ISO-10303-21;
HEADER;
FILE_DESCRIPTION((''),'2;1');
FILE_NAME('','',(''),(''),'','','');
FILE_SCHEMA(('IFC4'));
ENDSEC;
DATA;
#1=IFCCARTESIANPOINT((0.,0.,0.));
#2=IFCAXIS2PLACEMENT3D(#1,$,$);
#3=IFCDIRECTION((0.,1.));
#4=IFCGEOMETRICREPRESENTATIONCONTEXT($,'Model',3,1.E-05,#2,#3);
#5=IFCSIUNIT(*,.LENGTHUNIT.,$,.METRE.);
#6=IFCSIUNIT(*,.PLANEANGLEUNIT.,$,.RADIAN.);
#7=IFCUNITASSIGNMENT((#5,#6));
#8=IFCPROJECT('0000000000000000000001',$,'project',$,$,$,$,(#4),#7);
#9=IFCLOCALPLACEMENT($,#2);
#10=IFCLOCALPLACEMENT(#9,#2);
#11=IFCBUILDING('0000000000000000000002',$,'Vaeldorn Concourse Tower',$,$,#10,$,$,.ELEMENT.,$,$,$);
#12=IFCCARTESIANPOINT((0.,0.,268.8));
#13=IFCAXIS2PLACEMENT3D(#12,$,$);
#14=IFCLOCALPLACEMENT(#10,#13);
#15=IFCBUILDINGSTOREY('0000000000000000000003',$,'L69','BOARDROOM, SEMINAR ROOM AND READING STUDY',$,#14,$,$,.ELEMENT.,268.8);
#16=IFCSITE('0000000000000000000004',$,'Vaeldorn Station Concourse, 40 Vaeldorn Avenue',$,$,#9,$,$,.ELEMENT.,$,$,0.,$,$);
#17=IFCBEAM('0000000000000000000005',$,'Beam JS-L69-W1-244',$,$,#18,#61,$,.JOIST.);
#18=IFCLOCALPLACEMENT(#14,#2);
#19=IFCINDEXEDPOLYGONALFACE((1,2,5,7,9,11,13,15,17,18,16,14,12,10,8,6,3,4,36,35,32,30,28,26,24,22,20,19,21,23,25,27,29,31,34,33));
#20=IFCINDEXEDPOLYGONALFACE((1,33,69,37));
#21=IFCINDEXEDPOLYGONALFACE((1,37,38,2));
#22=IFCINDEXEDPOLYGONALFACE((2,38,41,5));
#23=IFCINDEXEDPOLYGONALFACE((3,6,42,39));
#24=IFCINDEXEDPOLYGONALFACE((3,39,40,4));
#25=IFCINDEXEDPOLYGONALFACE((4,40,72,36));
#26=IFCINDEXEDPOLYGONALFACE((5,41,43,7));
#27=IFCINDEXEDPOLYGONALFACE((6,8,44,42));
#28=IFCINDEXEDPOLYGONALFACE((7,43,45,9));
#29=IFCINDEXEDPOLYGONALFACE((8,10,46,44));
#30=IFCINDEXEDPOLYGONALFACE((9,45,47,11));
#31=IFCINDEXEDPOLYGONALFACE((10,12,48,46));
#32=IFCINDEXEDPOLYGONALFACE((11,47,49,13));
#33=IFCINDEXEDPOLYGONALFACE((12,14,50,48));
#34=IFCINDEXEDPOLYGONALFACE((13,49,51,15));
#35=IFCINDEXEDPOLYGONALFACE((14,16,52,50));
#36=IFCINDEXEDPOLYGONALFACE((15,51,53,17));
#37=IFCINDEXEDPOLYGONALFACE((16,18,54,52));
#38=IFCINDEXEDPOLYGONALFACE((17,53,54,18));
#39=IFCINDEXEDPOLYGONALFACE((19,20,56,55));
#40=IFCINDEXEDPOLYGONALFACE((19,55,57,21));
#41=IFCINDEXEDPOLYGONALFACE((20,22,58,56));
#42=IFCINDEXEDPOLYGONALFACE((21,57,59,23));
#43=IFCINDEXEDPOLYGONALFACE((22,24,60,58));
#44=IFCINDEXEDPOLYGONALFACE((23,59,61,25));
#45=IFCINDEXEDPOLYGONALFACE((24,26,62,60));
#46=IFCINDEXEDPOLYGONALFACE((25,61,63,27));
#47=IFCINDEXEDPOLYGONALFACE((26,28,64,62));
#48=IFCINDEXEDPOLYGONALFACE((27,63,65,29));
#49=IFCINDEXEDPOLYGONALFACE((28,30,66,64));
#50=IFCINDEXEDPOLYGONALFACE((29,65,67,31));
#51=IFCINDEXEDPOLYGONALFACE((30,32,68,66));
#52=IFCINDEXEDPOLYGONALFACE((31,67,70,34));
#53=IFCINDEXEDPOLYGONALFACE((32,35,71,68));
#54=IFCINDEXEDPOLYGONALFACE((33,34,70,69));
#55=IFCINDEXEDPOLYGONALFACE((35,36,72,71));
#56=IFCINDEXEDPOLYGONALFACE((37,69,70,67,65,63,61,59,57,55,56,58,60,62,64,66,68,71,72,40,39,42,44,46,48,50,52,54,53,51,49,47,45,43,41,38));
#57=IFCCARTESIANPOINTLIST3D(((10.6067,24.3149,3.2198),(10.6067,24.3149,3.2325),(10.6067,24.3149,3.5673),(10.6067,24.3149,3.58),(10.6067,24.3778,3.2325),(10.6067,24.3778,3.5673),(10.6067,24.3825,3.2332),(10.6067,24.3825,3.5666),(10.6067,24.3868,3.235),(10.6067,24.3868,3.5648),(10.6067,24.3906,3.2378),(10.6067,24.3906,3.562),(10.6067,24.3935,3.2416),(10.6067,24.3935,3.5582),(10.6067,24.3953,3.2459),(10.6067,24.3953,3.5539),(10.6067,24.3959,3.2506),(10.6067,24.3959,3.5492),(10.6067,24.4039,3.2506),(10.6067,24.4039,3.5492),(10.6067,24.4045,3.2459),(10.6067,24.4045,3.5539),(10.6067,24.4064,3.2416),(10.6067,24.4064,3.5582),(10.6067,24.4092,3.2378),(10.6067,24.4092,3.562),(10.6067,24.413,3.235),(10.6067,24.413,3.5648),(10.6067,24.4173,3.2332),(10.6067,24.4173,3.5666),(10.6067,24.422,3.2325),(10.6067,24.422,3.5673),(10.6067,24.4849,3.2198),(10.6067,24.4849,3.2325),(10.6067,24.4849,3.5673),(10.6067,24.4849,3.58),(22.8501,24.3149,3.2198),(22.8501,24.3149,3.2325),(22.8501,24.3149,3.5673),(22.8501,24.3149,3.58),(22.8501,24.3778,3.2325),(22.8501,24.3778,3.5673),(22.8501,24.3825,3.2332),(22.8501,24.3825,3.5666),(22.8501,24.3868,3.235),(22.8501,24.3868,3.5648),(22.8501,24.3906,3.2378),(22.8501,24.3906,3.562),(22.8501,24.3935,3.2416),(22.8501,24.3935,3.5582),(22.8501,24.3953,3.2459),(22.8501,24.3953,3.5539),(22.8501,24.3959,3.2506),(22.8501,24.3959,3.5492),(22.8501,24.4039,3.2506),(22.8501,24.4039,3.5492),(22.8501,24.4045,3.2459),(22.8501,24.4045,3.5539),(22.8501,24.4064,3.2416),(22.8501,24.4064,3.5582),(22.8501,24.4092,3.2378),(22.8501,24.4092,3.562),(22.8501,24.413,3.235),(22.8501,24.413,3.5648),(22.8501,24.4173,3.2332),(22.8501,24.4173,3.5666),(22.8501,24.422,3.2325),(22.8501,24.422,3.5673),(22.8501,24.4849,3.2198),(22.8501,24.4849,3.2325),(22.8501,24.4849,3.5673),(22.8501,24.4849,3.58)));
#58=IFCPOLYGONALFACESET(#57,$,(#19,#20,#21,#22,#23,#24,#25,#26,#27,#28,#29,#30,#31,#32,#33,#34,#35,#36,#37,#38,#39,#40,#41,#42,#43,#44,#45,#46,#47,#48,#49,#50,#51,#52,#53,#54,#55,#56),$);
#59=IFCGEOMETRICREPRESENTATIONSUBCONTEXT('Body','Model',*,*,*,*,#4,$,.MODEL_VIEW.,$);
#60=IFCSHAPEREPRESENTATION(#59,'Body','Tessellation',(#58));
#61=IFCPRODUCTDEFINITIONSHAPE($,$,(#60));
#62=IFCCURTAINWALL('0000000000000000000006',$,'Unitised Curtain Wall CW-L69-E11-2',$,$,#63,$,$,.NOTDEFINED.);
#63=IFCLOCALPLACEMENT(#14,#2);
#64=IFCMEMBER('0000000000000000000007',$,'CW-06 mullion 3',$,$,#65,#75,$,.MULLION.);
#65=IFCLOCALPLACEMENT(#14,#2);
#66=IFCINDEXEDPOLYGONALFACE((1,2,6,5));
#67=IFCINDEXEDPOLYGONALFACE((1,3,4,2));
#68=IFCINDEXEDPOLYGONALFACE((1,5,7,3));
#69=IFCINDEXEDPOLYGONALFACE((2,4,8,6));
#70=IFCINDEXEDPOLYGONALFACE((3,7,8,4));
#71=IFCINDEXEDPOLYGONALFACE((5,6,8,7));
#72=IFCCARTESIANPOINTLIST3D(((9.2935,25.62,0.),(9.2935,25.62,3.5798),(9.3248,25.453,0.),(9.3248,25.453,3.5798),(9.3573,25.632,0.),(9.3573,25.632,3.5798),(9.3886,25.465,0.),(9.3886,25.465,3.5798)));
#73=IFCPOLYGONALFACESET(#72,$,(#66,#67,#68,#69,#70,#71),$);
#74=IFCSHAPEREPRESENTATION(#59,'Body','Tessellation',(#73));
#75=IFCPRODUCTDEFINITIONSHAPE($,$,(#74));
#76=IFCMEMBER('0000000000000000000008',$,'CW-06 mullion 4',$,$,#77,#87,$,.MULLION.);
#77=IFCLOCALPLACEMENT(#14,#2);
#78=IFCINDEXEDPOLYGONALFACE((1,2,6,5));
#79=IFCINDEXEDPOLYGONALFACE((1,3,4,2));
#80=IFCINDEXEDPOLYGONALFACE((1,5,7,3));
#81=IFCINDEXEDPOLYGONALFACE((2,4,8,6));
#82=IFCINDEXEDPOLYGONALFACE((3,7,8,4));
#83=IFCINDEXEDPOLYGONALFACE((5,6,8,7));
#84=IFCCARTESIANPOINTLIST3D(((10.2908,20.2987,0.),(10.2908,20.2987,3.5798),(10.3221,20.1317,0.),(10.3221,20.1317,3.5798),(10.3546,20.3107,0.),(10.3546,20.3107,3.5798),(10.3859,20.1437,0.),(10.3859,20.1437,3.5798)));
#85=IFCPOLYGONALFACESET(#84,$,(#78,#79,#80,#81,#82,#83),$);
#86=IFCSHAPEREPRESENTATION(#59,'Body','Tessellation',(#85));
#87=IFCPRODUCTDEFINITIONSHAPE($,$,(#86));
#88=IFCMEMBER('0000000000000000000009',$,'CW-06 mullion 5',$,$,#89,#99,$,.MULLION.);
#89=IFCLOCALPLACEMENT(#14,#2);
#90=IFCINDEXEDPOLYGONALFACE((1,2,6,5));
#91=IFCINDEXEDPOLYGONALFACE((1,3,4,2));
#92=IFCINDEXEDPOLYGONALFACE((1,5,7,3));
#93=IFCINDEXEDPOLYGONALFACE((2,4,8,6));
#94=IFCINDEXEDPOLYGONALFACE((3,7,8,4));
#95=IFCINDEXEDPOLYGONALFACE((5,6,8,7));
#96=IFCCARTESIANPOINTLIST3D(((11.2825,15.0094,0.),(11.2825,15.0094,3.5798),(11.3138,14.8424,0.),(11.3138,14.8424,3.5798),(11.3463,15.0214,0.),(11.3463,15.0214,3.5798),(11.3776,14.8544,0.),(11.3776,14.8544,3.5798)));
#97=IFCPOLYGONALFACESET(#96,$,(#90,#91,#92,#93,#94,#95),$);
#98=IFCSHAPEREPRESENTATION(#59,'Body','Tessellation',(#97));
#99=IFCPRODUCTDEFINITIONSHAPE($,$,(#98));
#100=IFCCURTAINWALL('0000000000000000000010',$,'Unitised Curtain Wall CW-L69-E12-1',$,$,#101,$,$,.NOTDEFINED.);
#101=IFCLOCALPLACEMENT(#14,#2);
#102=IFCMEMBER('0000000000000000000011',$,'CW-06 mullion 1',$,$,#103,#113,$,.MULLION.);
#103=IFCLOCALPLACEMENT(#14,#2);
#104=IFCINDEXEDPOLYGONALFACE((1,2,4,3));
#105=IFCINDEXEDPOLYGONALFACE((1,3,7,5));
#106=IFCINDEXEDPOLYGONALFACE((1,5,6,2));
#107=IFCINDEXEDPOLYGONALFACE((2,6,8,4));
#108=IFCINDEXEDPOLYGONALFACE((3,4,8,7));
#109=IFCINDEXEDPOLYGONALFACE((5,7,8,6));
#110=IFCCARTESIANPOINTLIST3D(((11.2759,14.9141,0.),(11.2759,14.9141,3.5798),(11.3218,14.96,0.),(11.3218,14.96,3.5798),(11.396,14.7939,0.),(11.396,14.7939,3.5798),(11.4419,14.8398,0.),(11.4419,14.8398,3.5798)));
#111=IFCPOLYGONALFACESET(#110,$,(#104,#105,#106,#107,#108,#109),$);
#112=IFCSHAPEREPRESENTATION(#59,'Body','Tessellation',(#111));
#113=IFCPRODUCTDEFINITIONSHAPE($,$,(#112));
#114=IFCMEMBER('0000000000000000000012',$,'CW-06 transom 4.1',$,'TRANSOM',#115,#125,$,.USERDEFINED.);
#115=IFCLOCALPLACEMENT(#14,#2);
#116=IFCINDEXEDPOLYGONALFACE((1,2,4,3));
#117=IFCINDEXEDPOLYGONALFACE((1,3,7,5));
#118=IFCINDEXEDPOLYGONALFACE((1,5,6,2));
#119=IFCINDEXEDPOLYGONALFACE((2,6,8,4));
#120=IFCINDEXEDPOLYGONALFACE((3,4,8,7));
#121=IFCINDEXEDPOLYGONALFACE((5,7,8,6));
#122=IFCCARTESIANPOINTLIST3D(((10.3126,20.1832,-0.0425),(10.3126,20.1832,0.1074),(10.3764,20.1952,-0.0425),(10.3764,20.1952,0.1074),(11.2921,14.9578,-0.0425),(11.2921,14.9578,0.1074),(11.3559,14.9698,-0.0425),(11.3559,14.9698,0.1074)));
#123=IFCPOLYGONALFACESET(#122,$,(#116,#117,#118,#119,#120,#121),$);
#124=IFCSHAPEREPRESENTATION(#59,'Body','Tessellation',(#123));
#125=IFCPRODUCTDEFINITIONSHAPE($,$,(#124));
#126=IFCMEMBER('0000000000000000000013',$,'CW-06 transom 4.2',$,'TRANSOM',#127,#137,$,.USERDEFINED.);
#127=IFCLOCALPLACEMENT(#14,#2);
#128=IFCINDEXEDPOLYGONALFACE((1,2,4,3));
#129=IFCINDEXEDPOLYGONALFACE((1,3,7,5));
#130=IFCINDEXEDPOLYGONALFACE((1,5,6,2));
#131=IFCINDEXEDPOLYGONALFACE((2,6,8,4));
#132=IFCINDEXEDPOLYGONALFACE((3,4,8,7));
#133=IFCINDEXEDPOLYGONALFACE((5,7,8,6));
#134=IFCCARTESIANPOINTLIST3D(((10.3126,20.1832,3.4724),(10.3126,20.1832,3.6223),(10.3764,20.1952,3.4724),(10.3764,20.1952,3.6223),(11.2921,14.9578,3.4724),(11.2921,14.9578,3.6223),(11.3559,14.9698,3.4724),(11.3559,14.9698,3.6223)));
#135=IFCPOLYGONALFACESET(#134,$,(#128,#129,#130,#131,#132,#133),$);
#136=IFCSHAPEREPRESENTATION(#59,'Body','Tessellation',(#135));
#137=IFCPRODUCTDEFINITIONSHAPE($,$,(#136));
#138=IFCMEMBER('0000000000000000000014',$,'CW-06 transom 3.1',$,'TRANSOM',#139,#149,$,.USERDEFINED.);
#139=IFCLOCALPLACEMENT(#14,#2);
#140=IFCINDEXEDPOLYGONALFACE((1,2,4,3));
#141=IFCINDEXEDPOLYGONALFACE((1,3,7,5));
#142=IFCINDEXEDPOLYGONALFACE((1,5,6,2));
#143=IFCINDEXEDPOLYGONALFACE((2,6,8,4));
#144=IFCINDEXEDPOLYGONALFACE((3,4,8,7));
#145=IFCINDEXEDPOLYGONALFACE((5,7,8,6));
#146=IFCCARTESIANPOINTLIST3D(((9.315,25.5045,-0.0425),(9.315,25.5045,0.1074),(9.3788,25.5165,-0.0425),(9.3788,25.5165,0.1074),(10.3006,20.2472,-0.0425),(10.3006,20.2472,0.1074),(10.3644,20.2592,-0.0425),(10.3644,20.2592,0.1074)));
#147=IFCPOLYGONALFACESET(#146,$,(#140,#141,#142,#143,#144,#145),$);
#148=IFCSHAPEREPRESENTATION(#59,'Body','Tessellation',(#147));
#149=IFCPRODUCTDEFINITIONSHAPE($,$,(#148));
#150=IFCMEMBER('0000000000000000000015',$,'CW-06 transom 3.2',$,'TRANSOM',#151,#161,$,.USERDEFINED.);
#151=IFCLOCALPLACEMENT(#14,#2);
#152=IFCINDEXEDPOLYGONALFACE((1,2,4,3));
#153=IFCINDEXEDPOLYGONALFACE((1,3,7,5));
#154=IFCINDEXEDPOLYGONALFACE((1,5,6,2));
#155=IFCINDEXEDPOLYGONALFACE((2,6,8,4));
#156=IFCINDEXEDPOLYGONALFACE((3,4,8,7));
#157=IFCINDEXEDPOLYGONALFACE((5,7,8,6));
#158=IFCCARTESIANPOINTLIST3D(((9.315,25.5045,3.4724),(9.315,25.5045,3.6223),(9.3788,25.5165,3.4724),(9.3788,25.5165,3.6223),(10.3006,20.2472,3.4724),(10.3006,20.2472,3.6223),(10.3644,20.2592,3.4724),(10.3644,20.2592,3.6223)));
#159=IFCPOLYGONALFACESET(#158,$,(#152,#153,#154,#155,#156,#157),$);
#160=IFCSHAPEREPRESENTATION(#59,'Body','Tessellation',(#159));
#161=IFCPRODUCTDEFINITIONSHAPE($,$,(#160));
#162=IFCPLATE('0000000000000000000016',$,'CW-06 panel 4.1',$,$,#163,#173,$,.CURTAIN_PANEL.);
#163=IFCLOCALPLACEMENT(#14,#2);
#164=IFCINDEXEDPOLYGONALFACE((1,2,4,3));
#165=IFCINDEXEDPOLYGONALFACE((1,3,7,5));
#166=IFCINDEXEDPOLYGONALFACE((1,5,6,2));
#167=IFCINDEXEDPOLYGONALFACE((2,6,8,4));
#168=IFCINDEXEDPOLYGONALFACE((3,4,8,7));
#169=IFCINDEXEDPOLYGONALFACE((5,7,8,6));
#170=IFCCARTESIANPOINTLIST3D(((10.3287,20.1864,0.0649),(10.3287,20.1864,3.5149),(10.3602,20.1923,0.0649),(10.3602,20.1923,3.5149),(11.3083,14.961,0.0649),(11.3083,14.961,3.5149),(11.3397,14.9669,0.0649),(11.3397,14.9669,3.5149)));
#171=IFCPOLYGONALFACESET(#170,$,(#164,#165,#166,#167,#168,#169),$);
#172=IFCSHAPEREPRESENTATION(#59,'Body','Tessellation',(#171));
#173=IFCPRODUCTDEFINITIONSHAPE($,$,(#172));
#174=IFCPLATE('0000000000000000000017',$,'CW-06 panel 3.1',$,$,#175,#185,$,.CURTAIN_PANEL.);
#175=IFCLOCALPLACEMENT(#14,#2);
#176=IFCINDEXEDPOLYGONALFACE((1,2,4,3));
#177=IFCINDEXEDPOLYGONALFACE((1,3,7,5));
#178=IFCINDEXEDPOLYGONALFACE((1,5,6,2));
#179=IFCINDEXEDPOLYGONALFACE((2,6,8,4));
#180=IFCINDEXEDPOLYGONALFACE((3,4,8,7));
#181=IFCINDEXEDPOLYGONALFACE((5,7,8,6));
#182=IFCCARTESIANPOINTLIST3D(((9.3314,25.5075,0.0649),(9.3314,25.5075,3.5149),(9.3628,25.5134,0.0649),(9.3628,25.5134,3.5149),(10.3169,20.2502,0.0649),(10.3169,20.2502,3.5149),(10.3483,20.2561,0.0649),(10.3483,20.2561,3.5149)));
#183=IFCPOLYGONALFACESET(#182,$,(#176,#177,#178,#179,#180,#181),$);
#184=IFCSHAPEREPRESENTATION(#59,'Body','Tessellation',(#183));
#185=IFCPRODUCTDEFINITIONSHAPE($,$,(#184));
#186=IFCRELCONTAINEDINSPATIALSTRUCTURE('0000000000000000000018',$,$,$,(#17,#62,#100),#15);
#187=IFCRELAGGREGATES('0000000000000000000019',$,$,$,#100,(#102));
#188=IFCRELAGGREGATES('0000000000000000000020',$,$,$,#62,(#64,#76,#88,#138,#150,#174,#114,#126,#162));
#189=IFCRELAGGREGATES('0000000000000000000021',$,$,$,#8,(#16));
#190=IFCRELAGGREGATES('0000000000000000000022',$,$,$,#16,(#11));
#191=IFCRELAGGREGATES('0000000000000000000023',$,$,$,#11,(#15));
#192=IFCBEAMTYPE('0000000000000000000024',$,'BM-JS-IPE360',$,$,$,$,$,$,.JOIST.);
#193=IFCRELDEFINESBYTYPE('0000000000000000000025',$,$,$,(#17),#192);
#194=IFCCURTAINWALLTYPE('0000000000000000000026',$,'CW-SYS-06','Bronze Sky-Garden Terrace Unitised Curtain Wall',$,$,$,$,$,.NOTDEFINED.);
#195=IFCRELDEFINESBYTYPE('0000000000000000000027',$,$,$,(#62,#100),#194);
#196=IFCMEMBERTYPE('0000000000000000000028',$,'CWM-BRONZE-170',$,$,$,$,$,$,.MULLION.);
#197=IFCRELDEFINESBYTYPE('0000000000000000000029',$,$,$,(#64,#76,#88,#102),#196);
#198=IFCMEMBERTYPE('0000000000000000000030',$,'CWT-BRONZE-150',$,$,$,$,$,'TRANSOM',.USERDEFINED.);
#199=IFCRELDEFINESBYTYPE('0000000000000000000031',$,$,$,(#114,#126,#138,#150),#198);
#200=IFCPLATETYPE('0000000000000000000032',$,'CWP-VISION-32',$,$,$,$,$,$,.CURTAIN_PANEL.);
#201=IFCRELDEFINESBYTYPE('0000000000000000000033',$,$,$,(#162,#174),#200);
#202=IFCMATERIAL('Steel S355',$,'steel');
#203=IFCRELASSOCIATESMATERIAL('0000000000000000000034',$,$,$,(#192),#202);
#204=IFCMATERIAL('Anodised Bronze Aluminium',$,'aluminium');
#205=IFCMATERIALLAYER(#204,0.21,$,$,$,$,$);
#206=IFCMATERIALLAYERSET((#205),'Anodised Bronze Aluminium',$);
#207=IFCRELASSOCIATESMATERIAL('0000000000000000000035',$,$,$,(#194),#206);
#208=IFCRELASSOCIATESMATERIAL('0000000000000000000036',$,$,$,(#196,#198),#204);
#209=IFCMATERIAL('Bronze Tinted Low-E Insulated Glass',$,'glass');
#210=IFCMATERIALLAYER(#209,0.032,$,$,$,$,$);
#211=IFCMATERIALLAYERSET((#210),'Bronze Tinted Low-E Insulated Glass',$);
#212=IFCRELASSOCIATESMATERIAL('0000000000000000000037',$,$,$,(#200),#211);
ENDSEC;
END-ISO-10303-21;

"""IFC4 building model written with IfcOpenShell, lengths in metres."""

from ifc_helpers import new_model, si_unit, direction, frame, origin, origin_2d, place, context, subcontext, project, spatial, rectangle, i_section, extrude, source, transform, mapped, material, layer, layer_set, material_profile, profile_set, type_object, element, aggregate, save


model = new_model("IFC4")

# Units and contexts
model_context = context("Model", 3, precision=1e-05, world=origin(), true_north=direction((0.0, 1.0)))
body_context = subcontext(model_context, "Body", "Model", "MODEL_VIEW")
ifc_project = project(units=[si_unit("LENGTHUNIT", "METRE"), si_unit("PLANEANGLEUNIT", "RADIAN")], contexts=[model_context])

# Site, building, storey
site_placement = place(None, origin())
site = spatial("IfcSite", under=ifc_project, at=site_placement, Name="Vaeldorn Station Concourse, 40 Vaeldorn Avenue", CompositionType="ELEMENT", RefElevation=0.0)
building_placement = place(site_placement, origin())
building = spatial("IfcBuilding", under=site, at=building_placement, Name="Vaeldorn Concourse Tower", CompositionType="ELEMENT")
storey_placement = place(building_placement, frame((0.0, 0.0, 268.8)))
storey = spatial("IfcBuildingStorey", under=building, at=storey_placement, Name="L69", Description="BOARDROOM, SEMINAR ROOM AND READING STUDY", CompositionType="ELEMENT", Elevation=268.8)

# Shared definitions
ifc_material_1 = material(Name="Steel S355", Category="steel")

# Beam
ifc_material_profile_1 = material_profile(ifc_material_1, i_section(OverallWidth=0.1699, OverallDepth=0.3601, WebThickness=0.0081, FlangeThickness=0.0127, FilletRadius=0.0181, at=origin_2d()), Name="IPE 360")
ifc_profile_set_1 = profile_set([ifc_material_profile_1], Name="Steel S355")
beam_type_1 = type_object("IfcBeamType", Name="BM-JS-IPE360", PredefinedType="JOIST", material=ifc_profile_set_1)
shared_shape_1 = source(origin(), body_context, "Body", "SweptSolid", [
    extrude(i_section(OverallWidth=0.1699, OverallDepth=0.3601, WebThickness=0.0081, FlangeThickness=0.0127, FilletRadius=0.0181, at=origin_2d()), origin(), (0.0, 0.0, 1.0), 12.2434),
])
beam_1_placement = place(storey_placement, frame((10.6067, 24.3999, 3.3999), z_axis=(1.0, 0.0, 0.0), x_axis=(0.0, 1.0, 0.0)))
element("IfcBeam", 1, at=beam_1_placement, inside=storey, type_object=beam_type_1, Name="Beam JS-L69-W1-244", PredefinedType="JOIST", context=body_context, shape_type="MappedRepresentation", body=[
    mapped(shared_shape_1, transform((0.0, 0.0, 0.0), scale=1.0)),
])

# Curtain wall, members
ifc_material_2 = material(Name="Anodised Bronze Aluminium", Category="aluminium")
ifc_layer_1 = layer(ifc_material_2, 0.21)
ifc_layer_set_1 = layer_set([ifc_layer_1], Name="Anodised Bronze Aluminium")
curtain_wall_type = type_object("IfcCurtainWallType", Name="CW-SYS-06", Description="Bronze Sky-Garden Terrace Unitised Curtain Wall", PredefinedType="NOTDEFINED", material=ifc_layer_set_1)
curtain_wall_1_placement = place(storey_placement, origin())
curtain_wall_1 = element("IfcCurtainWall", 2, at=curtain_wall_1_placement, inside=storey, type_object=curtain_wall_type, Name="Unitised Curtain Wall CW-L69-E11-2", PredefinedType="NOTDEFINED")
ifc_material_profile_2 = material_profile(ifc_material_2, rectangle(XDim=0.0649, YDim=0.1699, at=origin_2d()), Name="CWM 65x170")
ifc_profile_set_2 = profile_set([ifc_material_profile_2], Name="Anodised Bronze Aluminium")
member_type_1 = type_object("IfcMemberType", Name="CWM-BRONZE-170", PredefinedType="MULLION", material=ifc_profile_set_2)
shared_shape_2 = source(origin(), body_context, "Body", "SweptSolid", [
    extrude(rectangle(XDim=0.0649, YDim=0.1699, at=origin_2d()), origin(), (0.0, 0.0, 1.0), 3.5798),
])
member_1_placement = place(storey_placement, frame((9.3411, 25.5425, 0.0), z_axis=(0.0, 0.0, 1.0), x_axis=(0.98288, 0.184247, 0.0)))
member_1 = element("IfcMember", 3, at=member_1_placement, type_object=member_type_1, Name="CW-06 mullion 3", PredefinedType="MULLION", context=body_context, shape_type="MappedRepresentation", body=[
    mapped(shared_shape_2, transform((0.0, 0.0, 0.0), scale=1.0)),
])
member_2_placement = place(storey_placement, frame((10.3384, 20.2212, 0.0), z_axis=(0.0, 0.0, 1.0), x_axis=(0.98288, 0.184247, 0.0)))
member_2 = element("IfcMember", 4, at=member_2_placement, type_object=member_type_1, Name="CW-06 mullion 4", PredefinedType="MULLION", context=body_context, shape_type="MappedRepresentation", body=[
    mapped(shared_shape_2, transform((0.0, 0.0, 0.0), scale=1.0)),
])
member_3_placement = place(storey_placement, frame((11.3301, 14.9319, 0.0), z_axis=(0.0, 0.0, 1.0), x_axis=(0.98288, 0.184247, 0.0)))
member_3 = element("IfcMember", 5, at=member_3_placement, type_object=member_type_1, Name="CW-06 mullion 5", PredefinedType="MULLION", context=body_context, shape_type="MappedRepresentation", body=[
    mapped(shared_shape_2, transform((0.0, 0.0, 0.0), scale=1.0)),
])

# Curtain wall, member
curtain_wall_2_placement = place(storey_placement, origin())
curtain_wall_2 = element("IfcCurtainWall", 6, at=curtain_wall_2_placement, inside=storey, type_object=curtain_wall_type, Name="Unitised Curtain Wall CW-L69-E12-1", PredefinedType="NOTDEFINED")
member_4_placement = place(storey_placement, frame((11.3589, 14.877, 0.0), z_axis=(0.0, 0.0, 1.0), x_axis=(0.707107, 0.707107, 0.0)))
member_4 = element("IfcMember", 7, at=member_4_placement, type_object=member_type_1, Name="CW-06 mullion 1", PredefinedType="MULLION", context=body_context, shape_type="MappedRepresentation", body=[
    mapped(shared_shape_2, transform((0.0, 0.0, 0.0), scale=1.0)),
])
aggregate(curtain_wall_2, [member_4])

# Members
ifc_material_profile_3 = material_profile(ifc_material_2, rectangle(XDim=0.0649, YDim=0.1499, at=origin_2d()), Name="CWT 65x150")
ifc_profile_set_3 = profile_set([ifc_material_profile_3], Name="Anodised Bronze Aluminium")
member_type_2 = type_object("IfcMemberType", Name="CWT-BRONZE-150", ElementType="TRANSOM", PredefinedType="USERDEFINED", material=ifc_profile_set_3)
shared_shape_3 = source(origin(), body_context, "Body", "SweptSolid", [
    extrude(rectangle(XDim=0.0649, YDim=0.1499, at=origin_2d()), origin(), (0.0, 0.0, 1.0), 5.3164),
])
member_5_placement = place(storey_placement, frame((10.3445, 20.1892, 0.0325), z_axis=(0.184241, -0.982881, 0.0), x_axis=(0.982881, 0.184241, 0.0)))
member_5 = element("IfcMember", 8, at=member_5_placement, type_object=member_type_2, Name="CW-06 transom 4.1", ObjectType="TRANSOM", PredefinedType="USERDEFINED", context=body_context, shape_type="MappedRepresentation", body=[
    mapped(shared_shape_3, transform((0.0, 0.0, 0.0), scale=1.0)),
])
member_6_placement = place(storey_placement, frame((10.3445, 20.1892, 3.5474), z_axis=(0.184241, -0.982881, 0.0), x_axis=(0.982881, 0.184241, 0.0)))
member_6 = element("IfcMember", 9, at=member_6_placement, type_object=member_type_2, Name="CW-06 transom 4.2", ObjectType="TRANSOM", PredefinedType="USERDEFINED", context=body_context, shape_type="MappedRepresentation", body=[
    mapped(shared_shape_3, transform((0.0, 0.0, 0.0), scale=1.0)),
])
shared_shape_4 = source(origin(), body_context, "Body", "SweptSolid", [
    extrude(rectangle(XDim=0.0649, YDim=0.1499, at=origin_2d()), origin(), (0.0, 0.0, 1.0), 5.3489),
])
member_7_placement = place(storey_placement, frame((9.3469, 25.5105, 0.0325), z_axis=(0.184261, -0.982877, 0.0), x_axis=(0.982877, 0.184261, 0.0)))
member_7 = element("IfcMember", 10, at=member_7_placement, type_object=member_type_2, Name="CW-06 transom 3.1", ObjectType="TRANSOM", PredefinedType="USERDEFINED", context=body_context, shape_type="MappedRepresentation", body=[
    mapped(shared_shape_4, transform((0.0, 0.0, 0.0), scale=1.0)),
])
member_8_placement = place(storey_placement, frame((9.3469, 25.5105, 3.5474), z_axis=(0.184261, -0.982877, 0.0), x_axis=(0.982877, 0.184261, 0.0)))
member_8 = element("IfcMember", 11, at=member_8_placement, type_object=member_type_2, Name="CW-06 transom 3.2", ObjectType="TRANSOM", PredefinedType="USERDEFINED", context=body_context, shape_type="MappedRepresentation", body=[
    mapped(shared_shape_4, transform((0.0, 0.0, 0.0), scale=1.0)),
])

# Plates
ifc_material_3 = material(Name="Bronze Tinted Low-E Insulated Glass", Category="glass")
ifc_layer_2 = layer(ifc_material_3, 0.032)
ifc_layer_set_2 = layer_set([ifc_layer_2], Name="Bronze Tinted Low-E Insulated Glass")
plate_type = type_object("IfcPlateType", Name="CWP-VISION-32", PredefinedType="CURTAIN_PANEL", material=ifc_layer_set_2)
shared_shape_5 = source(origin(), body_context, "Body", "SweptSolid", [
    extrude(rectangle(XDim=5.3164, YDim=0.032, at=origin_2d()), origin(), (0.0, 0.0, 1.0), 3.45),
])
plate_1_placement = place(storey_placement, frame((10.8342, 17.5767, 0.0649), z_axis=(0.0, 0.0, 1.0), x_axis=(0.184247, -0.98288, 0.0)))
plate_1 = element("IfcPlate", 12, at=plate_1_placement, type_object=plate_type, Name="CW-06 panel 4.1", PredefinedType="CURTAIN_PANEL", context=body_context, shape_type="MappedRepresentation", body=[
    mapped(shared_shape_5, transform((0.0, 0.0, 0.0), scale=1.0)),
])
shared_shape_6 = source(origin(), body_context, "Body", "SweptSolid", [
    extrude(rectangle(XDim=5.3489, YDim=0.032, at=origin_2d()), origin(), (0.0, 0.0, 1.0), 3.45),
])
plate_2_placement = place(storey_placement, frame((9.8398, 22.8818, 0.0649), z_axis=(0.0, 0.0, 1.0), x_axis=(0.184247, -0.98288, 0.0)))
plate_2 = element("IfcPlate", 13, at=plate_2_placement, type_object=plate_type, Name="CW-06 panel 3.1", PredefinedType="CURTAIN_PANEL", context=body_context, shape_type="MappedRepresentation", body=[
    mapped(shared_shape_6, transform((0.0, 0.0, 0.0), scale=1.0)),
])
aggregate(curtain_wall_1, [member_1, member_2, member_3, member_7, member_8, plate_2, member_5, member_6, plate_1])

save(model, "model.ifc")
